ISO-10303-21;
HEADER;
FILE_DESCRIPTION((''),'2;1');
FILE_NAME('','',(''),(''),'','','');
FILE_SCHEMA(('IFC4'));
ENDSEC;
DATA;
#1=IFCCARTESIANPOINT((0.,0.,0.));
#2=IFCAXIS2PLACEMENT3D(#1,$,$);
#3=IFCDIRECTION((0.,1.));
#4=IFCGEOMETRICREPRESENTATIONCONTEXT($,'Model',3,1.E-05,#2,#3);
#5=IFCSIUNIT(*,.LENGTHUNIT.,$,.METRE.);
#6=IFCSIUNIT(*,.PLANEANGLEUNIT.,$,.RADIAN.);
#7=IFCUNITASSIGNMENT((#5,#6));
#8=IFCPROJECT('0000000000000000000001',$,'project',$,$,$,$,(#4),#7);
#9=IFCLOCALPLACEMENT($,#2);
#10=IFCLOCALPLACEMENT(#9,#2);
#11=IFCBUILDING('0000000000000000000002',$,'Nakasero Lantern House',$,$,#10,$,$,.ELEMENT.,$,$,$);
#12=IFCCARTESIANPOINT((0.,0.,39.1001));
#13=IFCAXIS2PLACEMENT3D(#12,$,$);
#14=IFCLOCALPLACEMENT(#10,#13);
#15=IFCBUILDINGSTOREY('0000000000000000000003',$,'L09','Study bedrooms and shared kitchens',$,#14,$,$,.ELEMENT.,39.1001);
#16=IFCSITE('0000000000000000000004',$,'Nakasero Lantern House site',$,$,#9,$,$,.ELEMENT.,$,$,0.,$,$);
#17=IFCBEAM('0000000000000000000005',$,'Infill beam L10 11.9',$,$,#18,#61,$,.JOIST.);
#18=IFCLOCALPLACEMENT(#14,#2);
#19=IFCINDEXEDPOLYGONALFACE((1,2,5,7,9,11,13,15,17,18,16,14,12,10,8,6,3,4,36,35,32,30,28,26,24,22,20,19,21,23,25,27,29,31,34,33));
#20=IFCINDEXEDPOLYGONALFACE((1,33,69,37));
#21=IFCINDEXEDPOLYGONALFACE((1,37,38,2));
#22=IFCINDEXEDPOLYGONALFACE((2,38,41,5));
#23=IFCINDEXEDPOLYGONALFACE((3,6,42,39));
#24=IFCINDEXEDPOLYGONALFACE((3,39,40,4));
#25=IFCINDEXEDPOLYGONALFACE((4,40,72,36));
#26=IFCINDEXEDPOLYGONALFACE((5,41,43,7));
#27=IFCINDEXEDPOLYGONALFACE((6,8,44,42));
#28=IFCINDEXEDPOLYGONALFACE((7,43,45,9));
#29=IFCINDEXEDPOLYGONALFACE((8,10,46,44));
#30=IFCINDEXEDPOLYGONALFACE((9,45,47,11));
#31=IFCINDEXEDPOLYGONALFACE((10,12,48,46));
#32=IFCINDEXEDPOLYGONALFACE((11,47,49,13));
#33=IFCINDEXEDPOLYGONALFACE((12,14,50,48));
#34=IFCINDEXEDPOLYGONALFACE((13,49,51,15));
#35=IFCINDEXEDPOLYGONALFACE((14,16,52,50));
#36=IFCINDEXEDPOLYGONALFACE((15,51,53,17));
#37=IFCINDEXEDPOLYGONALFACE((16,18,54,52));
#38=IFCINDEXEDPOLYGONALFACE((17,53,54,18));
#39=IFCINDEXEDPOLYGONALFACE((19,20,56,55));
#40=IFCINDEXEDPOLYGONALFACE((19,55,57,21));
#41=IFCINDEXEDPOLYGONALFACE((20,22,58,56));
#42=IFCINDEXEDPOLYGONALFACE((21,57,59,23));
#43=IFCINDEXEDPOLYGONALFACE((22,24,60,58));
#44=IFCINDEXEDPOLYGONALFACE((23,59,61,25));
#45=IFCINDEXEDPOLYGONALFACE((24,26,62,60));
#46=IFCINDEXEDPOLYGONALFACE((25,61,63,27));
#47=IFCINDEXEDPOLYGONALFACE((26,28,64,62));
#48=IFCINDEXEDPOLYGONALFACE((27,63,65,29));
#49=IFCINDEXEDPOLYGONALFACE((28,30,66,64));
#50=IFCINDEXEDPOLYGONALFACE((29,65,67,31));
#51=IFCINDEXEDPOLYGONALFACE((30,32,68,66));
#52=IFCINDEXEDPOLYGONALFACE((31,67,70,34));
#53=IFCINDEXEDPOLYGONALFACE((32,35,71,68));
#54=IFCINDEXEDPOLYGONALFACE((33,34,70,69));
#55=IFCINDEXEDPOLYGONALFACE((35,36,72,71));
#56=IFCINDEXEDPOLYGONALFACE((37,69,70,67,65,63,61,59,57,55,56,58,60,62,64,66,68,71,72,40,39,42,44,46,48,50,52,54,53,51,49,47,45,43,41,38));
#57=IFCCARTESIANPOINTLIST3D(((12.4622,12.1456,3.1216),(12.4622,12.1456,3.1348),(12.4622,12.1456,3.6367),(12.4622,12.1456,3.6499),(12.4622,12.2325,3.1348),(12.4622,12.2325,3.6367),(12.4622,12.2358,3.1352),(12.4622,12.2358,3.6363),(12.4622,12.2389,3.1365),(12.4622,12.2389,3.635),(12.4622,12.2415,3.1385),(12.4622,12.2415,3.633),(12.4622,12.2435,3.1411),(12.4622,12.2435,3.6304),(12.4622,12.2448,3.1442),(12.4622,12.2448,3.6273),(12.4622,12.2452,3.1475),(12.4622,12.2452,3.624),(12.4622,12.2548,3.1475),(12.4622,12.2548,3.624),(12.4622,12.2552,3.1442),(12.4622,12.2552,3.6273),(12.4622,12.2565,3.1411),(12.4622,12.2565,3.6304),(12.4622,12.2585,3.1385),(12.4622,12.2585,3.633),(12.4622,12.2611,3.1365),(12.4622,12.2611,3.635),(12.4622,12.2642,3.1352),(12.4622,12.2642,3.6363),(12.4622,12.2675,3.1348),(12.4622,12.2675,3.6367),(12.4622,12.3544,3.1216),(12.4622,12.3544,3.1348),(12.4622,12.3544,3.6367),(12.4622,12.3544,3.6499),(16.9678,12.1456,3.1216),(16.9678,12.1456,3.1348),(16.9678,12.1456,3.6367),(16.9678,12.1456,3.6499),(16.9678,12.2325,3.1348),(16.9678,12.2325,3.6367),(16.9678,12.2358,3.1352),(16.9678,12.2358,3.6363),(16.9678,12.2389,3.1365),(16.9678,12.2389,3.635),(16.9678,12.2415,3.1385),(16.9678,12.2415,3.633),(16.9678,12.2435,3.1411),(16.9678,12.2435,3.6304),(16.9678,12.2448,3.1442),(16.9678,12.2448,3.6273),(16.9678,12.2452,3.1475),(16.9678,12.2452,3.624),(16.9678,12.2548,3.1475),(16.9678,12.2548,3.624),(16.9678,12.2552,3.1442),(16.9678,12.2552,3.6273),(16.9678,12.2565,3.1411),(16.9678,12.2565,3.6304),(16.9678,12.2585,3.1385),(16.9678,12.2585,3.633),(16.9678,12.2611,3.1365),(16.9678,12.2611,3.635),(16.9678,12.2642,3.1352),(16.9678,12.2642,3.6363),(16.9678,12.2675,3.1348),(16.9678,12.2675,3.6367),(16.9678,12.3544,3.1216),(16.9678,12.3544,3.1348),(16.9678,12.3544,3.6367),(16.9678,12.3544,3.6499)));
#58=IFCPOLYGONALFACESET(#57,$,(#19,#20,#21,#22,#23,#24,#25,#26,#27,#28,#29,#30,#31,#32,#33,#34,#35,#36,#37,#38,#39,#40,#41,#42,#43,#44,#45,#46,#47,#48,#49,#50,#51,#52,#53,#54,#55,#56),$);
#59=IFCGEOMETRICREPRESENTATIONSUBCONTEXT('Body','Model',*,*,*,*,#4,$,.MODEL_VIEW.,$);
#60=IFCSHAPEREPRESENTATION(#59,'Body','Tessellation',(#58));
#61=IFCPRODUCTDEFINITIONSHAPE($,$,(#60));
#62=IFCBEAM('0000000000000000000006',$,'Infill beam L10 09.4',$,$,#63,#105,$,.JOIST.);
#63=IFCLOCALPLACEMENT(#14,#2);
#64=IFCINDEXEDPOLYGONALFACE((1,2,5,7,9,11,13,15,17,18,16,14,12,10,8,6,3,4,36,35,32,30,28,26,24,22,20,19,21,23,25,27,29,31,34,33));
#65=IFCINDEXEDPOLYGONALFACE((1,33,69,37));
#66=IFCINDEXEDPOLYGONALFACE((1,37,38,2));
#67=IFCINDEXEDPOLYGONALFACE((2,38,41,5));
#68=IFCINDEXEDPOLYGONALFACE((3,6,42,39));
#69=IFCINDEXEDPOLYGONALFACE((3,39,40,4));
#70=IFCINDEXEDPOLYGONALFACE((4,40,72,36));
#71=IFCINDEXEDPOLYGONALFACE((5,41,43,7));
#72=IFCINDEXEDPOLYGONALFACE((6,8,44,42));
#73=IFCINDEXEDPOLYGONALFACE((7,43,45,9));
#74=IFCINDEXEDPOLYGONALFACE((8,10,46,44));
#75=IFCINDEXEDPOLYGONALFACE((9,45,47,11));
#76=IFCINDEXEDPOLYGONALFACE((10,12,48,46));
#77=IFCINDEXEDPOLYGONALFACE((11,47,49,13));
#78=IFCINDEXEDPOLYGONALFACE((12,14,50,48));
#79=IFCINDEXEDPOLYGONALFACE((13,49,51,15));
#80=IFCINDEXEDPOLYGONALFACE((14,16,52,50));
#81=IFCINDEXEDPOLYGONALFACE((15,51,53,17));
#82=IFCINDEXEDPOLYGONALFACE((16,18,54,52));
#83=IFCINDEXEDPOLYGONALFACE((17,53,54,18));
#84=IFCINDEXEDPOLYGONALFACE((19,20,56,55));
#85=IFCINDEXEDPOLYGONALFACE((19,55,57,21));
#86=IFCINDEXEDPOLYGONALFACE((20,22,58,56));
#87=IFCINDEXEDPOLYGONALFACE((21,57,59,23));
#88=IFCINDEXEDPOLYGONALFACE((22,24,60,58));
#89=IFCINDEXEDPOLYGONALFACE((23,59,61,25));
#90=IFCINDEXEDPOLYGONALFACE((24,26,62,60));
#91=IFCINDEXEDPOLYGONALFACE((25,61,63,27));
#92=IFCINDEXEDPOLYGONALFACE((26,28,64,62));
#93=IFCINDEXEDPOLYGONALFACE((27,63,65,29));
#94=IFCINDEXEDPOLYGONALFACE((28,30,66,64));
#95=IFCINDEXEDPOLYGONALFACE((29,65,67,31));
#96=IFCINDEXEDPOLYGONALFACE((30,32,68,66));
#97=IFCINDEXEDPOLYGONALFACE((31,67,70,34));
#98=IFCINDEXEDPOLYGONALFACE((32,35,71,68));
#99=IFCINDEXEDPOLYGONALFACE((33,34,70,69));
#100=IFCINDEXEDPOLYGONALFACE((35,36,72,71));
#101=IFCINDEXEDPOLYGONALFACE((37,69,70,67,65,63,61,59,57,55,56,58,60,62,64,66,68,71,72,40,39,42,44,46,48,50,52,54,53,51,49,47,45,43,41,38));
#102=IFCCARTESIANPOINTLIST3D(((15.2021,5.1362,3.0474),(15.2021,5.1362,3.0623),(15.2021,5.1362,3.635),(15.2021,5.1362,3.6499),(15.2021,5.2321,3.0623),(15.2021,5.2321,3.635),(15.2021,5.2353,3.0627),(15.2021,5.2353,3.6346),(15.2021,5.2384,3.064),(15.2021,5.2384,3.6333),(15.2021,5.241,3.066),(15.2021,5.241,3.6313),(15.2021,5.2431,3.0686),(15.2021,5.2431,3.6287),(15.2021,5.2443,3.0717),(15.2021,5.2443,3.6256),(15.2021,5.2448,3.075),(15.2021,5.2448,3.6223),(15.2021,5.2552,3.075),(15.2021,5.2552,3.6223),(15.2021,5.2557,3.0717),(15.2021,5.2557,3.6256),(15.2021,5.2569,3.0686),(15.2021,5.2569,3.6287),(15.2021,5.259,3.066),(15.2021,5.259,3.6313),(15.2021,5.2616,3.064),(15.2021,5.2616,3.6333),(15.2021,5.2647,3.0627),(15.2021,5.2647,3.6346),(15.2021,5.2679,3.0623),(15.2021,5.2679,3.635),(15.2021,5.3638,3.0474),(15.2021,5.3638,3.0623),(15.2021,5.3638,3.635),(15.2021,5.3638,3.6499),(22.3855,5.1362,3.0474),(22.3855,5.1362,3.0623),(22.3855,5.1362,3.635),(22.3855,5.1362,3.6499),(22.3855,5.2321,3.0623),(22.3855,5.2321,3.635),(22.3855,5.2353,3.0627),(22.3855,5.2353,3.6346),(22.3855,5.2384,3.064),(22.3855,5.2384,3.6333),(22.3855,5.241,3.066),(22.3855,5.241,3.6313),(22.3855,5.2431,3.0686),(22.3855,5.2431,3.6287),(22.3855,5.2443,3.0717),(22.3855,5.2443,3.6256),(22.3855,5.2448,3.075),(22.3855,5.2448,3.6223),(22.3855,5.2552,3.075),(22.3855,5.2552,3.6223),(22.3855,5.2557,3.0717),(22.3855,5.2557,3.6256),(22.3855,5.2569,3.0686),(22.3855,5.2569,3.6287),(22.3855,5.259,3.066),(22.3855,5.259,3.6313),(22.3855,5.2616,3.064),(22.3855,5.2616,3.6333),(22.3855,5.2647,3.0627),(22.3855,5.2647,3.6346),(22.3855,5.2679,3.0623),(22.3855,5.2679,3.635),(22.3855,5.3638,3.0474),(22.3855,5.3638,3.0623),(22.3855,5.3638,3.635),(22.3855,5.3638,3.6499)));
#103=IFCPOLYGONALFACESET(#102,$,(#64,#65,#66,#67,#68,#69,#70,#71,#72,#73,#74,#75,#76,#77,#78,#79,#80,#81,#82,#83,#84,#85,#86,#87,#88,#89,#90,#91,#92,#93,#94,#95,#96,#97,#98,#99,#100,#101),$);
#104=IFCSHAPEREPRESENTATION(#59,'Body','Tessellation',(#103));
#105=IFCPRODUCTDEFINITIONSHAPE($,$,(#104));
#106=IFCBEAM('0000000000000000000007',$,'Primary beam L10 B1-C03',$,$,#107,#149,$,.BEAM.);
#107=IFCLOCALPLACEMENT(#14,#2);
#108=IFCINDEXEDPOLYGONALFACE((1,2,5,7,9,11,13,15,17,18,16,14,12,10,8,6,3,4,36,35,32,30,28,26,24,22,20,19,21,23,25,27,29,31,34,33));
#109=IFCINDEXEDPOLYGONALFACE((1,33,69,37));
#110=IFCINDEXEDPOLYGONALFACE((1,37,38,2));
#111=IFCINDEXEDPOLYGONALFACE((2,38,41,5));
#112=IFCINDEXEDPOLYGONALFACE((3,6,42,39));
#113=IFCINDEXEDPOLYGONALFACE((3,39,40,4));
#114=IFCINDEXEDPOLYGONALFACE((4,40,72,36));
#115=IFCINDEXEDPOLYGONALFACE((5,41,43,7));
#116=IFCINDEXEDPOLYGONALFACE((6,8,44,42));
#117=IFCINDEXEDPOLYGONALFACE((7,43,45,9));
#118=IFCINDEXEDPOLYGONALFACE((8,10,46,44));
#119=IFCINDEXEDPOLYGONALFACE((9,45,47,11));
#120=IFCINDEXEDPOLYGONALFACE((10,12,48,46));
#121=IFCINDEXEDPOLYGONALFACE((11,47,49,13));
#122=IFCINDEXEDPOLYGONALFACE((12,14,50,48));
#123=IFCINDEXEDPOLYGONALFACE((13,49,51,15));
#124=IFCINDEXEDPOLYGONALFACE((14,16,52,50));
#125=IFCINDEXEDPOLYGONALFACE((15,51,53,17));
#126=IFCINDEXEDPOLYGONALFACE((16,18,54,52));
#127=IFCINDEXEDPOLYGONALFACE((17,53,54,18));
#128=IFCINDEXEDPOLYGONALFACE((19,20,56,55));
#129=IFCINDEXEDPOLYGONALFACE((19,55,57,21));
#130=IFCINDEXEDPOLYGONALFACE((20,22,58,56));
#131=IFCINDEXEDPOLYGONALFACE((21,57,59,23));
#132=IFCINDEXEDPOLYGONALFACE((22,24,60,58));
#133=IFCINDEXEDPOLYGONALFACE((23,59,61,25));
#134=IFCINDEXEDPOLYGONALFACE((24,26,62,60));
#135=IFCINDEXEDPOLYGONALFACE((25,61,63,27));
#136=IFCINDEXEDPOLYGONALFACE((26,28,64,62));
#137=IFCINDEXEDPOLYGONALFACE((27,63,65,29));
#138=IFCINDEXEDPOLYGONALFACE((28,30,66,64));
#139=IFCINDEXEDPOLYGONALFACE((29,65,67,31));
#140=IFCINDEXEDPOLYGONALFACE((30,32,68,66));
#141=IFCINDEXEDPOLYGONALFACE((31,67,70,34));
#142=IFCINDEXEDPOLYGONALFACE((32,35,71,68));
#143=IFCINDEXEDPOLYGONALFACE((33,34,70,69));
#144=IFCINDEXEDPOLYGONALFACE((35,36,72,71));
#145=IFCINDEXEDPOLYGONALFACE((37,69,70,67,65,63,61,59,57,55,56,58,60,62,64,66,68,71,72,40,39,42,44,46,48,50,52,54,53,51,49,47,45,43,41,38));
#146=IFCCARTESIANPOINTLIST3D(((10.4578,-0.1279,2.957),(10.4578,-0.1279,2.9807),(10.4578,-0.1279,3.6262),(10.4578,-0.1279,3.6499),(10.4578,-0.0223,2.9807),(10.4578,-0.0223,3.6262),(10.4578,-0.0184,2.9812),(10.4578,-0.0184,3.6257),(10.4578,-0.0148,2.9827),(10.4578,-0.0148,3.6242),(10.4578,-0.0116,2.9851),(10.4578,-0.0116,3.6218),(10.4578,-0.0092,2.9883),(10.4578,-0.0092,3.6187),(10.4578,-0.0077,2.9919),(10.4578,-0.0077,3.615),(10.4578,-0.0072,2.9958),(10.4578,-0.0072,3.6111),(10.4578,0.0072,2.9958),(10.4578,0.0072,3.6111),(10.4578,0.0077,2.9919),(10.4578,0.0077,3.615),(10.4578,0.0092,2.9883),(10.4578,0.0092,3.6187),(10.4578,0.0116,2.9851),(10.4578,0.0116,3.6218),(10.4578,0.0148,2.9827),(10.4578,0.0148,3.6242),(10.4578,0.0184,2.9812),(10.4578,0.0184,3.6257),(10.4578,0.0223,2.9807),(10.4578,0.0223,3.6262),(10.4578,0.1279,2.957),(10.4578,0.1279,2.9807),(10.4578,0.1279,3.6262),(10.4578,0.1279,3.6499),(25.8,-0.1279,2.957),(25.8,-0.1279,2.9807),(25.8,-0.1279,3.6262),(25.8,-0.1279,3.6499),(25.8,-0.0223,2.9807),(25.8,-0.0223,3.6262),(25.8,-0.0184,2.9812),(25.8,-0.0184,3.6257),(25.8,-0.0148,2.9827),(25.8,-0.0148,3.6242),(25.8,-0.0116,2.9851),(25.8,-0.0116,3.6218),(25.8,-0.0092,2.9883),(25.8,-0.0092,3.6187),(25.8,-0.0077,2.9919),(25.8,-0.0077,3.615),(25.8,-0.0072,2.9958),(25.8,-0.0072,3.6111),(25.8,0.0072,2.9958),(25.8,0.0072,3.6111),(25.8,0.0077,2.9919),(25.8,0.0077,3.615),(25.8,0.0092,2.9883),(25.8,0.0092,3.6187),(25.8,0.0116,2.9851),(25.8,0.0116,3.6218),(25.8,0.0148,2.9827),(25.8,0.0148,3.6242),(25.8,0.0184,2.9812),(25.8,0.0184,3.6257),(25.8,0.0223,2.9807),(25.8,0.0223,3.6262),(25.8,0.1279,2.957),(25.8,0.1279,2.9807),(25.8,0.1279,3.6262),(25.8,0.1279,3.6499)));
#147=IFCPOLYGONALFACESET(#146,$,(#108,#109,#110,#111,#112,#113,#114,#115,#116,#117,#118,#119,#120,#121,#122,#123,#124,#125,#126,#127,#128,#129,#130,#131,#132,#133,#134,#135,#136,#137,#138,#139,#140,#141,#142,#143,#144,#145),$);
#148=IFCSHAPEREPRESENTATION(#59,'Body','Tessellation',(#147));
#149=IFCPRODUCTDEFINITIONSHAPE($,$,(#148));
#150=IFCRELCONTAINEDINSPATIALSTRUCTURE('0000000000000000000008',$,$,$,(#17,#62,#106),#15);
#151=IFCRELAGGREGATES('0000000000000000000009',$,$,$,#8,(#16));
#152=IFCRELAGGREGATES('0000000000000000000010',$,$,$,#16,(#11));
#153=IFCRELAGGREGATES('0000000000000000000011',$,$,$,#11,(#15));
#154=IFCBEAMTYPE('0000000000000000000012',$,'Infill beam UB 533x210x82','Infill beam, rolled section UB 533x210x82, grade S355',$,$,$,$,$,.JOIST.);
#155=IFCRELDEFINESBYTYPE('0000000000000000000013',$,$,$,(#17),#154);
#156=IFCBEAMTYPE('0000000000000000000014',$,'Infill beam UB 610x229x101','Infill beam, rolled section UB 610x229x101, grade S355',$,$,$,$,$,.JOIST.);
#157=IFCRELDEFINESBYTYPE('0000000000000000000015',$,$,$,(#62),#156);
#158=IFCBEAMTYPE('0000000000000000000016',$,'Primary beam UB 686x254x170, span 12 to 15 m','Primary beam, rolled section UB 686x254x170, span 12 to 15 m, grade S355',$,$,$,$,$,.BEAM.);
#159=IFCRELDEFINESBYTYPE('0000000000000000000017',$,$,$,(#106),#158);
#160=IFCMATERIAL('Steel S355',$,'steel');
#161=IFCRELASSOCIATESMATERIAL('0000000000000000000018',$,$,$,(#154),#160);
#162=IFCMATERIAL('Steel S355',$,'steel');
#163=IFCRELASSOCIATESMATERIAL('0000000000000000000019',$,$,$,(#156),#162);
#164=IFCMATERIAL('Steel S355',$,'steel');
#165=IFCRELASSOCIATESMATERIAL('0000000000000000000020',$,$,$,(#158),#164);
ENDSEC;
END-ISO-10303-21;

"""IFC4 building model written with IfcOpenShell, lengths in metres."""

from ifc_helpers import new_model, si_unit, direction, frame, origin, origin_2d, place, context, subcontext, project, spatial, i_section, extrude, material, material_profile, profile_set, type_object, element, save


model = new_model("IFC4")

# Units and contexts
model_context = context("Model", 3, precision=1e-05, world=origin(), true_north=direction((0.0, 1.0)))
body_context = subcontext(model_context, "Body", "Model", "MODEL_VIEW")
ifc_project = project(units=[si_unit("LENGTHUNIT", "METRE"), si_unit("PLANEANGLEUNIT", "RADIAN")], contexts=[model_context])

# Site, building, storey
site_placement = place(None, origin())
site = spatial("IfcSite", under=ifc_project, at=site_placement, Name="Nakasero Lantern House site", CompositionType="ELEMENT", RefElevation=0.0)
building_placement = place(site_placement, origin())
building = spatial("IfcBuilding", under=site, at=building_placement, Name="Nakasero Lantern House", CompositionType="ELEMENT")
storey_placement = place(building_placement, frame((0.0, 0.0, 39.1001)))
storey = spatial("IfcBuildingStorey", under=building, at=storey_placement, Name="L09", Description="Study bedrooms and shared kitchens", CompositionType="ELEMENT", Elevation=39.1001)

# Beams
ifc_material_1 = material(Name="Steel S355", Category="steel")
ifc_material_profile_1 = material_profile(ifc_material_1, i_section(OverallWidth=0.2087, OverallDepth=0.5283, WebThickness=0.0095, FlangeThickness=0.0132, FilletRadius=0.0127, at=origin_2d()), Name="UB 533x210x82")
ifc_profile_set_1 = profile_set([ifc_material_profile_1], Name="Steel S355")
beam_type_1 = type_object("IfcBeamType", Name="Infill beam UB 533x210x82", Description="Infill beam, rolled section UB 533x210x82, grade S355", PredefinedType="JOIST", material=ifc_profile_set_1)
beam_1_placement = place(storey_placement, frame((12.4622, 12.25, 3.3857), z_axis=(1.0, 0.0, 0.0), x_axis=(0.0, 1.0, 0.0)))
element("IfcBeam", 1, at=beam_1_placement, inside=storey, type_object=beam_type_1, Name="Infill beam L10 11.9", PredefinedType="JOIST", context=body_context, shape_type="SweptSolid", body=[
    extrude(i_section(OverallWidth=0.2087, OverallDepth=0.5283, WebThickness=0.0095, FlangeThickness=0.0132, FilletRadius=0.0127, at=origin_2d()), origin(), (0.0, 0.0, 1.0), 4.5056),
])
ifc_material_2 = material(Name="Steel S355", Category="steel")
ifc_material_profile_2 = material_profile(ifc_material_2, i_section(OverallWidth=0.2275, OverallDepth=0.6025, WebThickness=0.0105, FlangeThickness=0.0149, FilletRadius=0.0127, at=origin_2d()), Name="UB 610x229x101")
ifc_profile_set_2 = profile_set([ifc_material_profile_2], Name="Steel S355")
beam_type_2 = type_object("IfcBeamType", Name="Infill beam UB 610x229x101", Description="Infill beam, rolled section UB 610x229x101, grade S355", PredefinedType="JOIST", material=ifc_profile_set_2)
beam_2_placement = place(storey_placement, frame((15.2021, 5.25, 3.3486), z_axis=(1.0, 0.0, 0.0), x_axis=(0.0, 1.0, 0.0)))
element("IfcBeam", 2, at=beam_2_placement, inside=storey, type_object=beam_type_2, Name="Infill beam L10 09.4", PredefinedType="JOIST", context=body_context, shape_type="SweptSolid", body=[
    extrude(i_section(OverallWidth=0.2275, OverallDepth=0.6025, WebThickness=0.0105, FlangeThickness=0.0149, FilletRadius=0.0127, at=origin_2d()), origin(), (0.0, 0.0, 1.0), 7.1833),
])
ifc_material_3 = material(Name="Steel S355", Category="steel")
ifc_material_profile_3 = material_profile(ifc_material_3, i_section(OverallWidth=0.2559, OverallDepth=0.6929, WebThickness=0.0144, FlangeThickness=0.0237, FilletRadius=0.0151, at=origin_2d()), Name="UB 686x254x170")
ifc_profile_set_3 = profile_set([ifc_material_profile_3], Name="Steel S355")
beam_type_3 = type_object("IfcBeamType", Name="Primary beam UB 686x254x170, span 12 to 15 m", Description="Primary beam, rolled section UB 686x254x170, span 12 to 15 m, grade S355", PredefinedType="BEAM", material=ifc_profile_set_3)
beam_3_placement = place(storey_placement, frame((25.8, 0.0, 3.3035), z_axis=(-1.0, 0.0, 0.0), x_axis=(0.0, -1.0, 0.0)))
element("IfcBeam", 3, at=beam_3_placement, inside=storey, type_object=beam_type_3, Name="Primary beam L10 B1-C03", PredefinedType="BEAM", context=body_context, shape_type="SweptSolid", body=[
    extrude(i_section(OverallWidth=0.2559, OverallDepth=0.6929, WebThickness=0.0144, FlangeThickness=0.0237, FilletRadius=0.0151, at=origin_2d()), origin(), (0.0, 0.0, 1.0), 15.3423),
])

save(model, "model.ifc")
